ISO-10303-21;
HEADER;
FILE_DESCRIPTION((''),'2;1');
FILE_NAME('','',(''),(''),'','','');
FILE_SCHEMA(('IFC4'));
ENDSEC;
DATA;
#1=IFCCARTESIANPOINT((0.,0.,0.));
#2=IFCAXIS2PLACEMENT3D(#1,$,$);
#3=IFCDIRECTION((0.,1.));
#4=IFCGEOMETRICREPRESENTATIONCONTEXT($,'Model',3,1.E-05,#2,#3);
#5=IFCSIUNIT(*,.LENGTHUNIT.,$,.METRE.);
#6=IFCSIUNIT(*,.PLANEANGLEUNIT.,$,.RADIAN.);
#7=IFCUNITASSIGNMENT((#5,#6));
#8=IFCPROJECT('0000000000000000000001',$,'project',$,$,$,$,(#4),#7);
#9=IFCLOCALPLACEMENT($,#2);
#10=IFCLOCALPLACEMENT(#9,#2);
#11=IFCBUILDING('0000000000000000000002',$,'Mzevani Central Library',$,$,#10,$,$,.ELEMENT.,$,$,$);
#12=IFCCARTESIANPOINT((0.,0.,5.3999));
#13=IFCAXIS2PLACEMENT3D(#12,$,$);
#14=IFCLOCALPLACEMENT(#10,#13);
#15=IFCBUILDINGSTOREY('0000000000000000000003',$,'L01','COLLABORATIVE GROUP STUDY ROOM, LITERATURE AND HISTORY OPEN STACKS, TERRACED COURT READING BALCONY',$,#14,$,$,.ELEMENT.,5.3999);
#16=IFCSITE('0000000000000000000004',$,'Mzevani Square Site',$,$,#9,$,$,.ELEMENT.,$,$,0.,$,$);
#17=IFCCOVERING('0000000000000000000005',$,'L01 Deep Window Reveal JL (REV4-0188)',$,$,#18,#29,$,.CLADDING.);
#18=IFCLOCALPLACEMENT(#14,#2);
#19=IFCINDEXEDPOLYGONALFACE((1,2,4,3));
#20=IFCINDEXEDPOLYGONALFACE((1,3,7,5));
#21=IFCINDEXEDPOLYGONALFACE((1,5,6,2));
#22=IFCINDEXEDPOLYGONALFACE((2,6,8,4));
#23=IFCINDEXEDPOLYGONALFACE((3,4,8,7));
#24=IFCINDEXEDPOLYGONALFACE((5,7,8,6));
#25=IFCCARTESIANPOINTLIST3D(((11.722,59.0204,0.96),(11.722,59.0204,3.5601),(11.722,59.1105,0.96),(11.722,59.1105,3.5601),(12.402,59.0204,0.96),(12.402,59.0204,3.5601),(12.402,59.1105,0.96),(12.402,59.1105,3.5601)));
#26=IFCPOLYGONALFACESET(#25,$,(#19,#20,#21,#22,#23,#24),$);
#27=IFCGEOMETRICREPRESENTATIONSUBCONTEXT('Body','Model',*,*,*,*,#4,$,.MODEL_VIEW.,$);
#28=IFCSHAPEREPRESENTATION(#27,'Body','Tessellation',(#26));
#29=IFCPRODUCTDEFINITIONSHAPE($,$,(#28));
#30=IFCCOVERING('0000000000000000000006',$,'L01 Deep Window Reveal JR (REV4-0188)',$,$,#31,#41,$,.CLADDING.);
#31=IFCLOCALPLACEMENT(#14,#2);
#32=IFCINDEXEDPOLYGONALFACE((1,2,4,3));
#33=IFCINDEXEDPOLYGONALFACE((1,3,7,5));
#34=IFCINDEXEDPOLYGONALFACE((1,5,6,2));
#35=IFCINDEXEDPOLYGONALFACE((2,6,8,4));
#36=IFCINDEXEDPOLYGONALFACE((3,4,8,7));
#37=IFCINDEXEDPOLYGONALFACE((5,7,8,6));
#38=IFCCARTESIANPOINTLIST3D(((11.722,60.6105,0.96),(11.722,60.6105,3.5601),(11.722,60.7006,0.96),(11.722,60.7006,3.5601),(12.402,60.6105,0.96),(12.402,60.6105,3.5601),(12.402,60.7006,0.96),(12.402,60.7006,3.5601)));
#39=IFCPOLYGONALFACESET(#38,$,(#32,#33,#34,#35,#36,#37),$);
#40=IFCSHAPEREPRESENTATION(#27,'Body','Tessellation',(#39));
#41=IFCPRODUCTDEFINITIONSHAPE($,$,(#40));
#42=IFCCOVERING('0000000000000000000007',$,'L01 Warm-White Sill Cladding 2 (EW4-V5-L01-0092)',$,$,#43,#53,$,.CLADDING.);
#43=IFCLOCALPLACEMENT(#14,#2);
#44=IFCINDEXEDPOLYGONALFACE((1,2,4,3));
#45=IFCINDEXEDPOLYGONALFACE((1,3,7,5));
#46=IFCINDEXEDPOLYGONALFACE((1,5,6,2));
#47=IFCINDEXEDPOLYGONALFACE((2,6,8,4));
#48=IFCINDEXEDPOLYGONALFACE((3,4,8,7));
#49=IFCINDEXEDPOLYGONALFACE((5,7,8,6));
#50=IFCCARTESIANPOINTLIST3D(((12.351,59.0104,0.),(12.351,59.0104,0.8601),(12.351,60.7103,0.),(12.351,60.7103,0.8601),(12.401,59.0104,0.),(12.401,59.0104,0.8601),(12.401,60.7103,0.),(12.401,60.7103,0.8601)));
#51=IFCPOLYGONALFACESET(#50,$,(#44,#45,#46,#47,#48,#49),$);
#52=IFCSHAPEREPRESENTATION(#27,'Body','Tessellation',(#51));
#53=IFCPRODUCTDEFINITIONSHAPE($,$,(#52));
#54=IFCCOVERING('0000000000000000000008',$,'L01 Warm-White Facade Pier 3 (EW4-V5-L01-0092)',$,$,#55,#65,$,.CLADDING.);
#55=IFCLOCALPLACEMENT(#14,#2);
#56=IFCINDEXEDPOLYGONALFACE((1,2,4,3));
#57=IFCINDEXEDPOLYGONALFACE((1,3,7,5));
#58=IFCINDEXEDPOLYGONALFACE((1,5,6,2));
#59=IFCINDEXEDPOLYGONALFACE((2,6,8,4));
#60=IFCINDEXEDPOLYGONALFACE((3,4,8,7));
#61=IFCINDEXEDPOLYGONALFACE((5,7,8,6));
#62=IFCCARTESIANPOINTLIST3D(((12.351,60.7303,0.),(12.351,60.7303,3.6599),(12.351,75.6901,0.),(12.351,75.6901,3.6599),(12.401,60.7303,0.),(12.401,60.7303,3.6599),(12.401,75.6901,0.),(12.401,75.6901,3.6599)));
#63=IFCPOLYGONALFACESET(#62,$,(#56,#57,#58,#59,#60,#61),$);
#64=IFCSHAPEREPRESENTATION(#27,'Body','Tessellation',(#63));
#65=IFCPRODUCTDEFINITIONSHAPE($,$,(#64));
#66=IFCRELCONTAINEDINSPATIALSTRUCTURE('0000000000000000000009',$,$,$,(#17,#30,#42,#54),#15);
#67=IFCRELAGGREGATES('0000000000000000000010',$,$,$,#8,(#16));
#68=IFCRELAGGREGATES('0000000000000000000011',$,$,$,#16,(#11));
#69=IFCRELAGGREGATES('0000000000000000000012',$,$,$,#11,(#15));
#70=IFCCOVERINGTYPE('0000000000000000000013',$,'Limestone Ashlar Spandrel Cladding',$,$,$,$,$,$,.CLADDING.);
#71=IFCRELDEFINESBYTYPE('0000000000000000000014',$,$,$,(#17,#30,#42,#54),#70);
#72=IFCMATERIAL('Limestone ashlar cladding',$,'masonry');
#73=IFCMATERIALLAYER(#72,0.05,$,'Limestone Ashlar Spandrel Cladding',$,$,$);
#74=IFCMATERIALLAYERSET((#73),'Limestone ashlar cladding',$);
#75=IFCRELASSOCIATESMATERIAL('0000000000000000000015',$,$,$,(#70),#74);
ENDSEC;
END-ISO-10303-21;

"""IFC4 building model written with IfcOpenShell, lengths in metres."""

from ifc_helpers import new_model, si_unit, direction, frame, origin, origin_2d, place, context, subcontext, project, spatial, rectangle, extrude, material, layer, layer_set, type_object, element, save


model = new_model("IFC4")

# Units and contexts
model_context = context("Model", 3, precision=1e-05, world=origin(), true_north=direction((0.0, 1.0)))
body_context = subcontext(model_context, "Body", "Model", "MODEL_VIEW")
ifc_project = project(units=[si_unit("LENGTHUNIT", "METRE"), si_unit("PLANEANGLEUNIT", "RADIAN")], contexts=[model_context])

# Site, building, storey
site_placement = place(None, origin())
site = spatial("IfcSite", under=ifc_project, at=site_placement, Name="Mzevani Square Site", CompositionType="ELEMENT", RefElevation=0.0)
building_placement = place(site_placement, origin())
building = spatial("IfcBuilding", under=site, at=building_placement, Name="Mzevani Central Library", CompositionType="ELEMENT")
storey_placement = place(building_placement, frame((0.0, 0.0, 5.3999)))
storey = spatial("IfcBuildingStorey", under=building, at=storey_placement, Name="L01", Description="COLLABORATIVE GROUP STUDY ROOM, LITERATURE AND HISTORY OPEN STACKS, TERRACED COURT READING BALCONY", CompositionType="ELEMENT", Elevation=5.3999)

# Coverings
ifc_material_1 = material(Name="Limestone ashlar cladding", Category="masonry")
ifc_layer = layer(ifc_material_1, 0.05, Name="Limestone Ashlar Spandrel Cladding")
ifc_layer_set = layer_set([ifc_layer], Name="Limestone ashlar cladding")
covering_type = type_object("IfcCoveringType", Name="Limestone Ashlar Spandrel Cladding", PredefinedType="CLADDING", material=ifc_layer_set)
for number, where, z_axis, x_axis, name in (
    (1, (12.062, 59.0654, 0.96), (0.0, 0.0, 1.0), (0.0, 1.0, 0.0), "L01 Deep Window Reveal JL (REV4-0188)"),
    (2, (12.062, 60.6555, 0.96), (0.0, 0.0, 1.0), (0.0, 1.0, 0.0), "L01 Deep Window Reveal JR (REV4-0188)"),
):
    element("IfcCovering", number, at=place(storey_placement, frame(where, z_axis=z_axis, x_axis=x_axis)), inside=storey, type_object=covering_type, Name=name, PredefinedType="CLADDING", context=body_context, shape_type="SweptSolid", body=[
        extrude(rectangle(XDim=0.0901, YDim=0.6799, at=origin_2d()), origin(), (0.0, 0.0, 1.0), 2.6001),
    ])
covering_1_placement = place(storey_placement, frame((12.376, 59.8604, 0.0), z_axis=(0.0, 0.0, 1.0), x_axis=(0.0, 1.0, 0.0)))
element("IfcCovering", 3, at=covering_1_placement, inside=storey, type_object=covering_type, Name="L01 Warm-White Sill Cladding 2 (EW4-V5-L01-0092)", PredefinedType="CLADDING", context=body_context, shape_type="SweptSolid", body=[
    extrude(rectangle(XDim=1.7, YDim=0.05, at=origin_2d()), origin(), (0.0, 0.0, 1.0), 0.8601),
])
covering_2_placement = place(storey_placement, frame((12.376, 68.2102, 0.0), z_axis=(0.0, 0.0, 1.0), x_axis=(0.0, 1.0, 0.0)))
element("IfcCovering", 4, at=covering_2_placement, inside=storey, type_object=covering_type, Name="L01 Warm-White Facade Pier 3 (EW4-V5-L01-0092)", PredefinedType="CLADDING", context=body_context, shape_type="SweptSolid", body=[
    extrude(rectangle(XDim=14.9597, YDim=0.05, at=origin_2d()), origin(), (0.0, 0.0, 1.0), 3.6599),
])

save(model, "model.ifc")
